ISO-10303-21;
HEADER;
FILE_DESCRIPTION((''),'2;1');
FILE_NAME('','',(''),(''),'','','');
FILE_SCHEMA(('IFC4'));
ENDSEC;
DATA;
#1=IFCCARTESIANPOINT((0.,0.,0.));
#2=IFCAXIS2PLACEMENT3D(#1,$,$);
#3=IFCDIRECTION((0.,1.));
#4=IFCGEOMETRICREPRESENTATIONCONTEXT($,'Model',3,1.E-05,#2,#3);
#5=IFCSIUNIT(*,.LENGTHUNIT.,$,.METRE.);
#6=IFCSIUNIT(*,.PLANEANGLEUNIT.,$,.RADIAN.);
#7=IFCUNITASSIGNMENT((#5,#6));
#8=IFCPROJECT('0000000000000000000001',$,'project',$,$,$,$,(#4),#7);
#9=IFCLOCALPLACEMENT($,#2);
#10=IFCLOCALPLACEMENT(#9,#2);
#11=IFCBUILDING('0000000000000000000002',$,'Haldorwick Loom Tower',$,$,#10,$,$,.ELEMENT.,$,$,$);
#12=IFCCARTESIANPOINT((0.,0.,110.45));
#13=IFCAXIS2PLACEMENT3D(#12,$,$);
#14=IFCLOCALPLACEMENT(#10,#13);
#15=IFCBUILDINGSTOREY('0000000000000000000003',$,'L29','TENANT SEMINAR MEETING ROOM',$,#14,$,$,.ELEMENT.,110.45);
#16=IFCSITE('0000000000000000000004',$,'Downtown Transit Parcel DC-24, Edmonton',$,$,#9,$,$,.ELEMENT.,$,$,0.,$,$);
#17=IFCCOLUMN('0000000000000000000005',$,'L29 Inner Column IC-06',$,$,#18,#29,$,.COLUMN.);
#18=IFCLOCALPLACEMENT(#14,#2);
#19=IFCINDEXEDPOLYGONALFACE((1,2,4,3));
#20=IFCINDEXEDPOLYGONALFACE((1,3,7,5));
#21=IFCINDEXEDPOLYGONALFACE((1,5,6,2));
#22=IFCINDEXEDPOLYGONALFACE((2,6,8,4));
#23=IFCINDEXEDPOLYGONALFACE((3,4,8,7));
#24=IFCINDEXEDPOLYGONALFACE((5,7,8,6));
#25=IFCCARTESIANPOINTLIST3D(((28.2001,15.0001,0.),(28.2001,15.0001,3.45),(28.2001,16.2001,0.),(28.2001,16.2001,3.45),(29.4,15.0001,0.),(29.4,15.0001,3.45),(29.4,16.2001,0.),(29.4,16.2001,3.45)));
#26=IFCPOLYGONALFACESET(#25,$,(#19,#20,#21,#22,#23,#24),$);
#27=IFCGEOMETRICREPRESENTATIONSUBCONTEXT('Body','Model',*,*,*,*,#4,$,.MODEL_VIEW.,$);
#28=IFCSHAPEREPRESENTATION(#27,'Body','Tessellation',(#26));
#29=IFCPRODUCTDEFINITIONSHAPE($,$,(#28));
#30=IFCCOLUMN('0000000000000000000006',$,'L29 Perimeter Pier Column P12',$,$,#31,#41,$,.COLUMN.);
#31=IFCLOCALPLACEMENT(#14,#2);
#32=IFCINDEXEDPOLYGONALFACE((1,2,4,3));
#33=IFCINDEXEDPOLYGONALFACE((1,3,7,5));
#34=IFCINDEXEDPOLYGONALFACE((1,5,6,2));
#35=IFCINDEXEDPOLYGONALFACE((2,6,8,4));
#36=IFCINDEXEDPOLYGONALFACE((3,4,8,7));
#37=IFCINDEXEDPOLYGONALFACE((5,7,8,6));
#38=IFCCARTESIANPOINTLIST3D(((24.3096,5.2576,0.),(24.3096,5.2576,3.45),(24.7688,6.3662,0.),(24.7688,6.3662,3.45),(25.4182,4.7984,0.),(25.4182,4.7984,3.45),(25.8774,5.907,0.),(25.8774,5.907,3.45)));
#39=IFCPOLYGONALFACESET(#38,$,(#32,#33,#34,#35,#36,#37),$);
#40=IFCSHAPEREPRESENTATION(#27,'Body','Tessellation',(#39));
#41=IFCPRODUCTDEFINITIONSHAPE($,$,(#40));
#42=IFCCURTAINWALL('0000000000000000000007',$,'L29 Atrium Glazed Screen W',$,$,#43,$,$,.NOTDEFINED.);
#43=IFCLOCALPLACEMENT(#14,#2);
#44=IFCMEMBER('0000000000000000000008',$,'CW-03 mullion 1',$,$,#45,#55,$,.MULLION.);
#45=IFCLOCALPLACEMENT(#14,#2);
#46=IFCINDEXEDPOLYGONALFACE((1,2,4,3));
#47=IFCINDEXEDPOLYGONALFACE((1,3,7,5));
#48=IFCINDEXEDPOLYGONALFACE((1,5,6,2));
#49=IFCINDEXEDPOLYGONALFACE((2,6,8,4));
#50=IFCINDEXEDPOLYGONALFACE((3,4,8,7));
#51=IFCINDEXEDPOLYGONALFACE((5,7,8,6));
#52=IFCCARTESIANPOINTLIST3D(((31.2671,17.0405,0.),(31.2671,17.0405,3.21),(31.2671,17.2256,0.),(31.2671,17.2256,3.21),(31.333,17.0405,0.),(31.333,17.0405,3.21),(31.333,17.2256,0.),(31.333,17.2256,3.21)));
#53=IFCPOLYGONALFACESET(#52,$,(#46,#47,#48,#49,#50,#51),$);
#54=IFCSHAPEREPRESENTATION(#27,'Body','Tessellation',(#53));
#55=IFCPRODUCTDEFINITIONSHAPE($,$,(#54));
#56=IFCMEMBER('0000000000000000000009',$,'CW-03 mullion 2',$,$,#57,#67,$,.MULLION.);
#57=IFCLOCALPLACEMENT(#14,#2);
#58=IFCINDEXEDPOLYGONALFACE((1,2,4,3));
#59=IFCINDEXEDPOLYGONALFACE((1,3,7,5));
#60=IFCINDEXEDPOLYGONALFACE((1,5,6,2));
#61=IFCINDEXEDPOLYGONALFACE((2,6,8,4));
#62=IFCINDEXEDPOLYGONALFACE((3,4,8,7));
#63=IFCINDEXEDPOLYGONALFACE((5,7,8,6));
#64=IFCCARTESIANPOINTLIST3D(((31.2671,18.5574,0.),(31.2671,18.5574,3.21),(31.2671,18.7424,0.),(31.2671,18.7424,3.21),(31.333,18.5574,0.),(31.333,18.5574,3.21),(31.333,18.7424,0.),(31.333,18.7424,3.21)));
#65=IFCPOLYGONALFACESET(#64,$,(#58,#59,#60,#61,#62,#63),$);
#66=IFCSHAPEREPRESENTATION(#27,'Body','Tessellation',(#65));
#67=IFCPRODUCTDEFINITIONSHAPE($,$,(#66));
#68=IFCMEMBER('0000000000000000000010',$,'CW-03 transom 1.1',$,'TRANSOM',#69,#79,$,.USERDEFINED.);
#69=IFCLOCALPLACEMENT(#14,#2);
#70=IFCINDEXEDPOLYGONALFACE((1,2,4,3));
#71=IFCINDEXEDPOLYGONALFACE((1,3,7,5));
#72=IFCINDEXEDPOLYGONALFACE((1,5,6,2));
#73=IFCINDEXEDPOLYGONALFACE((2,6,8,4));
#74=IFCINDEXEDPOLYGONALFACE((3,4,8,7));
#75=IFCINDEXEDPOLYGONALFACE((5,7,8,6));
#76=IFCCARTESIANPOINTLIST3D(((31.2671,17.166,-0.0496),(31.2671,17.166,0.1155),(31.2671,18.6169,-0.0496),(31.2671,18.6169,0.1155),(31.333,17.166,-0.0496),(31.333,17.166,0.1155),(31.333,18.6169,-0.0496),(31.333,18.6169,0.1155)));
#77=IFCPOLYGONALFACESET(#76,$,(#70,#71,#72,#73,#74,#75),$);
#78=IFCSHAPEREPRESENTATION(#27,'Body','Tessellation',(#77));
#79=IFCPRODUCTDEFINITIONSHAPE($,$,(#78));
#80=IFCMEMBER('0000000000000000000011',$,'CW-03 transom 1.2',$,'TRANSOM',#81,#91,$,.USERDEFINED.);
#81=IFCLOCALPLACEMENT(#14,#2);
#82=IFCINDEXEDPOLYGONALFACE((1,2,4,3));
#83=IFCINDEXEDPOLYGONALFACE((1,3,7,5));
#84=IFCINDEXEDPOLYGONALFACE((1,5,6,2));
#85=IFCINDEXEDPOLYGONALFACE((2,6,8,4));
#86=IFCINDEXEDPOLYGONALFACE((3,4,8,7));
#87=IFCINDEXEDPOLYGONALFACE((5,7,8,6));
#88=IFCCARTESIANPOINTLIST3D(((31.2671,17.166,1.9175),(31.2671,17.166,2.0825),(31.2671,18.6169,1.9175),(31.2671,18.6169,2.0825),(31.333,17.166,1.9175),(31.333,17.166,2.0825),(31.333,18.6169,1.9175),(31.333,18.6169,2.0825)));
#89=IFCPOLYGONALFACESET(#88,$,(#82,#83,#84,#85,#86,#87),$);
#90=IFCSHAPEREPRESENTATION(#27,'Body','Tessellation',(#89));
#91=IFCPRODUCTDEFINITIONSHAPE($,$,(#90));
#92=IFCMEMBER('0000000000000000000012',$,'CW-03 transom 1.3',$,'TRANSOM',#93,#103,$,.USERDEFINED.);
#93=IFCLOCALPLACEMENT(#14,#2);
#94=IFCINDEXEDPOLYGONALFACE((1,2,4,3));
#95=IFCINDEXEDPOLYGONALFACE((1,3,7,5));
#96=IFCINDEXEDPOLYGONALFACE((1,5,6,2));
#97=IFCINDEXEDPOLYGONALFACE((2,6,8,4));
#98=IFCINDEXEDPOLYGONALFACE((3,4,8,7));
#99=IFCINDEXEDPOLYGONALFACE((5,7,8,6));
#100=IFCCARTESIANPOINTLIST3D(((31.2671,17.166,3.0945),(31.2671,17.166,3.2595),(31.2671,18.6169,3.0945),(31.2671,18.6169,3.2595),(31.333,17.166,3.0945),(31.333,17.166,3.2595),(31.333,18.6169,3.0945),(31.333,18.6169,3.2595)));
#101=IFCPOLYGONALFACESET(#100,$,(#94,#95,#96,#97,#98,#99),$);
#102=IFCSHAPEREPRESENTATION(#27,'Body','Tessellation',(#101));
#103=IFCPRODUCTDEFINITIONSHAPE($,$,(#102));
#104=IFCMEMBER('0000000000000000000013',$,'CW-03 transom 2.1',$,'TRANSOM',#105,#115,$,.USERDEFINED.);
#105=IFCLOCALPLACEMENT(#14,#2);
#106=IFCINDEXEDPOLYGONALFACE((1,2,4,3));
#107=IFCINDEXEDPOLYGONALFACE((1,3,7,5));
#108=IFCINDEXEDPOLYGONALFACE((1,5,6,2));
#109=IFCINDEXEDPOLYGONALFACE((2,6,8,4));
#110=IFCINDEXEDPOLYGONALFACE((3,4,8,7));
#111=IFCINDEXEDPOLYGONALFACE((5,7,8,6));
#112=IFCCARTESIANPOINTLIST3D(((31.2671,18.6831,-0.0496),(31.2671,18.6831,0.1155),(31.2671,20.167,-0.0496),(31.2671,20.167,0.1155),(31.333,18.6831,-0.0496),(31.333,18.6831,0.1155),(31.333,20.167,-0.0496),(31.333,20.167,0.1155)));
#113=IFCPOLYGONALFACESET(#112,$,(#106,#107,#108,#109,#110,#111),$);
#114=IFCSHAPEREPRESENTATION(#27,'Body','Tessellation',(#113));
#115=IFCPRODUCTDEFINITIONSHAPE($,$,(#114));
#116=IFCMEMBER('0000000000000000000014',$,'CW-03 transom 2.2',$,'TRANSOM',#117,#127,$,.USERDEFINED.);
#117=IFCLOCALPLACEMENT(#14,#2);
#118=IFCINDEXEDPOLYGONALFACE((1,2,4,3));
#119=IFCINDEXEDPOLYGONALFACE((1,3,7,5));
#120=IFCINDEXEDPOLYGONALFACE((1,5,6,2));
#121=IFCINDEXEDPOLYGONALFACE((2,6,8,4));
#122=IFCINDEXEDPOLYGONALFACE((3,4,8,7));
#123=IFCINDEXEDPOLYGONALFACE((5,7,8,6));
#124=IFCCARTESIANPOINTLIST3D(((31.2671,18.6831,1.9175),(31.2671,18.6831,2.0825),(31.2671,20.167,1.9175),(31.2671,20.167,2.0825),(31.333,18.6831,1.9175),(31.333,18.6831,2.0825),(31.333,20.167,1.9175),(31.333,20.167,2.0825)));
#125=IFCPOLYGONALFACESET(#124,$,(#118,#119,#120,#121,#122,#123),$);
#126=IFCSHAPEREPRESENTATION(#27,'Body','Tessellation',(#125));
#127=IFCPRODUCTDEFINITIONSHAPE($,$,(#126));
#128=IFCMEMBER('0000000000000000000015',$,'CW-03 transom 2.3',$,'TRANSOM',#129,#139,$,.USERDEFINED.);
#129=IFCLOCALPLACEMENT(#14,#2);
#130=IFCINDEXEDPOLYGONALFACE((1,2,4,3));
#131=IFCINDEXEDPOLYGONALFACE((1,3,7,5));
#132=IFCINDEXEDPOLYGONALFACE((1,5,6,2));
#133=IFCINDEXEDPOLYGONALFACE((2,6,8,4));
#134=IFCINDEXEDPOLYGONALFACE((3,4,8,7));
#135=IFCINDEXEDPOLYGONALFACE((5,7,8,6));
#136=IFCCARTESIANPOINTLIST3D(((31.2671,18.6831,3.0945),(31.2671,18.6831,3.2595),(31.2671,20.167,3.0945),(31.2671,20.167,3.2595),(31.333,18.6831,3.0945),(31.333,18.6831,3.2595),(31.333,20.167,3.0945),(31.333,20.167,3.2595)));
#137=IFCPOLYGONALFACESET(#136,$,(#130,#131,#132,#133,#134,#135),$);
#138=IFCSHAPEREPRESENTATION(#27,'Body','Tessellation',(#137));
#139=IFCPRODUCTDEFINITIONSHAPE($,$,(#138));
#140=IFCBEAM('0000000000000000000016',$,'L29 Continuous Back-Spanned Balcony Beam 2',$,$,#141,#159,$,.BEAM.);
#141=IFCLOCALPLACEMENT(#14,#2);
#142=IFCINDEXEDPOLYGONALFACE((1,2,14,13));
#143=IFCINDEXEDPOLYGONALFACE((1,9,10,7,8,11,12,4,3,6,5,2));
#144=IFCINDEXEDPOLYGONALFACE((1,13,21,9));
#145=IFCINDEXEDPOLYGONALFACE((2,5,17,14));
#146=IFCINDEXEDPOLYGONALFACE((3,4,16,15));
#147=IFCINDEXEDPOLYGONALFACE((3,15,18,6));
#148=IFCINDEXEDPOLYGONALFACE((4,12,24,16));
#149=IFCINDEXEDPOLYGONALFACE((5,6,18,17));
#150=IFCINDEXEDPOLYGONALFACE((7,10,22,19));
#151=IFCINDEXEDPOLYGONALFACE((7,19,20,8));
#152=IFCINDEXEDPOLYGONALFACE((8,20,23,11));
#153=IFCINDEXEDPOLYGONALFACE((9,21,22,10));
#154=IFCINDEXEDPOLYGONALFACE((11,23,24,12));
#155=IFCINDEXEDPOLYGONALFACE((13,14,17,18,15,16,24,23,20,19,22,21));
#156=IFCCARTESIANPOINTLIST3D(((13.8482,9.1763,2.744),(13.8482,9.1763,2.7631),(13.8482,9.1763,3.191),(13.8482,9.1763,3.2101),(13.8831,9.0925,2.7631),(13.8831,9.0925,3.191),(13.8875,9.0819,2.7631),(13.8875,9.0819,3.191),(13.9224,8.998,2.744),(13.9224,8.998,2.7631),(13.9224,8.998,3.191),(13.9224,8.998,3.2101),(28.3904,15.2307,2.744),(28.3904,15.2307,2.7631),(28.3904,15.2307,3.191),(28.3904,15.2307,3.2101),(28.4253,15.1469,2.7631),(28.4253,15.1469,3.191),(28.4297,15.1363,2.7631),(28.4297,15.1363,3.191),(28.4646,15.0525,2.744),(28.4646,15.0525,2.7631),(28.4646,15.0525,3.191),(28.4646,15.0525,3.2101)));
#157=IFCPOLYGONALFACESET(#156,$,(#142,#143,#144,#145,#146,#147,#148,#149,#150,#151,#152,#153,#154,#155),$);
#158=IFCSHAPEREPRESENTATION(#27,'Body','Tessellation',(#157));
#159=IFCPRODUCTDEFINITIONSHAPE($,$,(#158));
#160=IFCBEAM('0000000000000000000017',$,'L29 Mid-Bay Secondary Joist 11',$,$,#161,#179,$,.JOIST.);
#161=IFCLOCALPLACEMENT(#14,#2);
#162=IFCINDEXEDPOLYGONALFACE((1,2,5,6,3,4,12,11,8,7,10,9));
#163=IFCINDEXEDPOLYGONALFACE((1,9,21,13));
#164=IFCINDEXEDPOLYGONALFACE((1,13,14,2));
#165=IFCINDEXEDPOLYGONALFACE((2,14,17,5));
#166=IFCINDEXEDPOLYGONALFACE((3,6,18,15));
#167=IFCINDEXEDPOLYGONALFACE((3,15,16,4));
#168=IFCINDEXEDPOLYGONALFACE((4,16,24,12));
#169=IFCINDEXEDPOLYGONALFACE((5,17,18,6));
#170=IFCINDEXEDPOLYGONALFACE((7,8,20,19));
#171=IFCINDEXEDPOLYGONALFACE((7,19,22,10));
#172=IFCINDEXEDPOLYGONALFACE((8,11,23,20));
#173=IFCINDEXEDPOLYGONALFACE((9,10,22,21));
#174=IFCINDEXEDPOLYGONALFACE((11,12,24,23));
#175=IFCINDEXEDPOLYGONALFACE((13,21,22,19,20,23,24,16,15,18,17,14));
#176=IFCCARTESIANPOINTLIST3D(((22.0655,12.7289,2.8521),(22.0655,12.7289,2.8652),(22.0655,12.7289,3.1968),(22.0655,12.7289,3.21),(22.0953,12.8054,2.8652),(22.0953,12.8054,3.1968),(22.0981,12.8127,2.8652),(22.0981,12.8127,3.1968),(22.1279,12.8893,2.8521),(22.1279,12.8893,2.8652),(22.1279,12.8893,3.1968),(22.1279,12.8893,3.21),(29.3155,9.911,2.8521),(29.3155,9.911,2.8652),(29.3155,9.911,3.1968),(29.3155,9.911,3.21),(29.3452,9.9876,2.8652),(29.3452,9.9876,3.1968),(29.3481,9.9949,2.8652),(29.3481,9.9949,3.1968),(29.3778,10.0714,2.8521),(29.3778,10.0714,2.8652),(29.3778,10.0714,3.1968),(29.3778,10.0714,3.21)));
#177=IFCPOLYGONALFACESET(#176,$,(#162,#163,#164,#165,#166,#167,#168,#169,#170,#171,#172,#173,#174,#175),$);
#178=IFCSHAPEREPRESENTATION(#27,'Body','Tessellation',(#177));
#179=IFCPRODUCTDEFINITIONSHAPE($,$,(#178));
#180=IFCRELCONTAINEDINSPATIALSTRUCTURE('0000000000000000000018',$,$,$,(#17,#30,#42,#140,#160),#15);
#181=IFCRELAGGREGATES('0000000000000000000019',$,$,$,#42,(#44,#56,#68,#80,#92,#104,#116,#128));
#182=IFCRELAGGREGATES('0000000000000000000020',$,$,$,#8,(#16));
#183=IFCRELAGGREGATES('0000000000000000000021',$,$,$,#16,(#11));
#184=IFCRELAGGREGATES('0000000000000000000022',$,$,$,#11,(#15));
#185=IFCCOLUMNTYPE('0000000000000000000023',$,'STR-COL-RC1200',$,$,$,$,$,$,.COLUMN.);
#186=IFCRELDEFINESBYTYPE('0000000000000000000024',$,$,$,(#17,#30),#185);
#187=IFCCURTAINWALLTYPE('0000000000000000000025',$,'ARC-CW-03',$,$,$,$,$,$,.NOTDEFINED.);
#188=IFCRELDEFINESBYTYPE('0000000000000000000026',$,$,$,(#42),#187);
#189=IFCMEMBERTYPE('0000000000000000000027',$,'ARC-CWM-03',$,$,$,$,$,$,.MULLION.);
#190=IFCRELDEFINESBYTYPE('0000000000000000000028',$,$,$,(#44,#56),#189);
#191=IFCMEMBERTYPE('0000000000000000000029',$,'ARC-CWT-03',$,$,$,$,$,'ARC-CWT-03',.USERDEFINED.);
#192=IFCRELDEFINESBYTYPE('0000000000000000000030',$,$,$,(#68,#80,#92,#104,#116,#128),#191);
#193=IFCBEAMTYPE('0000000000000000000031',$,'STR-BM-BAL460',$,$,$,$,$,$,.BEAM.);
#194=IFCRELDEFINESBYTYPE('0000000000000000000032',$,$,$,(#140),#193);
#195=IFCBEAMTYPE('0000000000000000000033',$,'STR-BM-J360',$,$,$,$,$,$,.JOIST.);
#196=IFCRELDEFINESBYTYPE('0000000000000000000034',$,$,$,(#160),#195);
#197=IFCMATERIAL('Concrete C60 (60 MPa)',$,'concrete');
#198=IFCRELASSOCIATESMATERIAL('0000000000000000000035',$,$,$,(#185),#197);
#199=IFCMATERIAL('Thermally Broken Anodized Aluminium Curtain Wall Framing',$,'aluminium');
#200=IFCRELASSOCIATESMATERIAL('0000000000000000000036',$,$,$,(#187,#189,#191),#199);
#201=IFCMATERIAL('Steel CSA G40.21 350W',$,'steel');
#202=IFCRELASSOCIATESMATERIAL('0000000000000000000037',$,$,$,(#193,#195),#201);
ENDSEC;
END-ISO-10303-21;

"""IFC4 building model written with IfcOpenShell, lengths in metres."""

from ifc_helpers import new_model, si_unit, direction, frame, origin, origin_2d, place, context, subcontext, project, spatial, rectangle, i_section, extrude, material, material_profile, profile_set, type_object, element, aggregate, save


model = new_model("IFC4")

# Units and contexts
model_context = context("Model", 3, precision=1e-05, world=origin(), true_north=direction((0.0, 1.0)))
body_context = subcontext(model_context, "Body", "Model", "MODEL_VIEW")
ifc_project = project(units=[si_unit("LENGTHUNIT", "METRE"), si_unit("PLANEANGLEUNIT", "RADIAN")], contexts=[model_context])

# Site, building, storey
site_placement = place(None, origin())
site = spatial("IfcSite", under=ifc_project, at=site_placement, Name="Downtown Transit Parcel DC-24, Edmonton", CompositionType="ELEMENT", RefElevation=0.0)
building_placement = place(site_placement, origin())
building = spatial("IfcBuilding", under=site, at=building_placement, Name="Haldorwick Loom Tower", CompositionType="ELEMENT")
storey_placement = place(building_placement, frame((0.0, 0.0, 110.45)))
storey = spatial("IfcBuildingStorey", under=building, at=storey_placement, Name="L29", Description="TENANT SEMINAR MEETING ROOM", CompositionType="ELEMENT", Elevation=110.45)

# Columns
ifc_material_1 = material(Name="Concrete C60 (60 MPa)", Category="concrete")
ifc_material_profile_1 = material_profile(ifc_material_1, rectangle(XDim=1.2, YDim=1.2, at=origin_2d()), Name="RC1200X1200", Category="concrete")
ifc_profile_set_1 = profile_set([ifc_material_profile_1], Name="Concrete C60 (60 MPa)")
column_type = type_object("IfcColumnType", Name="STR-COL-RC1200", PredefinedType="COLUMN", material=ifc_profile_set_1)
for number, where, z_axis, x_axis, name in (
    (1, (28.8, 15.6001, 0.0), (0.0, 0.0, 1.0), (1.0, 0.0, 0.0), "L29 Inner Column IC-06"),
    (2, (25.0935, 5.5823, 0.0), (0.0, 0.0, 1.0), (-0.382683, -0.92388, 0.0), "L29 Perimeter Pier Column P12"),
):
    element("IfcColumn", number, at=place(storey_placement, frame(where, z_axis=z_axis, x_axis=x_axis)), inside=storey, type_object=column_type, Name=name, PredefinedType="COLUMN", context=body_context, shape_type="SweptSolid", body=[
        extrude(rectangle(XDim=1.2, YDim=1.2, at=origin_2d()), origin(), (0.0, 0.0, 1.0), 3.45),
    ])

# Curtain wall, members
ifc_material_2 = material(Name="Thermally Broken Anodized Aluminium Curtain Wall Framing", Category="aluminium")
curtain_wall_type = type_object("IfcCurtainWallType", Name="ARC-CW-03", PredefinedType="NOTDEFINED", material=ifc_material_2)
curtain_wall_placement = place(storey_placement, origin())
curtain_wall = element("IfcCurtainWall", 3, at=curtain_wall_placement, inside=storey, type_object=curtain_wall_type, Name="L29 Atrium Glazed Screen W", PredefinedType="NOTDEFINED")
ifc_material_profile_2 = material_profile(ifc_material_2, rectangle(XDim=0.0659, YDim=0.1851, at=origin_2d()), Name="ALU_MUL_66X185", Category="aluminium")
ifc_profile_set_2 = profile_set([ifc_material_profile_2], Name="Thermally Broken Anodized Aluminium Curtain Wall Framing")
member_type_1 = type_object("IfcMemberType", Name="ARC-CWM-03", PredefinedType="MULLION", material=ifc_profile_set_2)
member_1_placement = place(storey_placement, frame((31.3, 17.1331, 0.0), z_axis=(0.0, 0.0, 1.0), x_axis=(-1.0, 0.0, 0.0)))
member_1 = element("IfcMember", 4, at=member_1_placement, type_object=member_type_1, Name="CW-03 mullion 1", PredefinedType="MULLION", context=body_context, shape_type="SweptSolid", body=[
    extrude(rectangle(XDim=0.0659, YDim=0.1851, at=origin_2d()), origin(), (0.0, 0.0, 1.0), 3.21),
])
member_2_placement = place(storey_placement, frame((31.3, 18.6499, 0.0), z_axis=(0.0, 0.0, 1.0), x_axis=(-1.0, 0.0, 0.0)))
member_2 = element("IfcMember", 5, at=member_2_placement, type_object=member_type_1, Name="CW-03 mullion 2", PredefinedType="MULLION", context=body_context, shape_type="SweptSolid", body=[
    extrude(rectangle(XDim=0.0659, YDim=0.1851, at=origin_2d()), origin(), (0.0, 0.0, 1.0), 3.21),
])
ifc_material_profile_3 = material_profile(ifc_material_2, rectangle(XDim=0.0659, YDim=0.165, at=origin_2d()), Name="ALU_TRN_66X165", Category="aluminium")
ifc_profile_set_3 = profile_set([ifc_material_profile_3], Name="Thermally Broken Anodized Aluminium Curtain Wall Framing")
member_type_2 = type_object("IfcMemberType", Name="ARC-CWT-03", ElementType="ARC-CWT-03", PredefinedType="USERDEFINED", material=ifc_profile_set_3)
member_3_placement = place(storey_placement, frame((31.3, 17.166, 0.033), z_axis=(0.0, 1.0, 0.0), x_axis=(-1.0, 0.0, 0.0)))
member_3 = element("IfcMember", 6, at=member_3_placement, type_object=member_type_2, Name="CW-03 transom 1.1", ObjectType="TRANSOM", PredefinedType="USERDEFINED", context=body_context, shape_type="SweptSolid", body=[
    extrude(rectangle(XDim=0.0659, YDim=0.165, at=origin_2d()), origin(), (0.0, 0.0, 1.0), 1.4509),
])
member_4_placement = place(storey_placement, frame((31.3, 17.166, 2.0), z_axis=(0.0, 1.0, 0.0), x_axis=(-1.0, 0.0, 0.0)))
member_4 = element("IfcMember", 7, at=member_4_placement, type_object=member_type_2, Name="CW-03 transom 1.2", ObjectType="TRANSOM", PredefinedType="USERDEFINED", context=body_context, shape_type="SweptSolid", body=[
    extrude(rectangle(XDim=0.0659, YDim=0.165, at=origin_2d()), origin(), (0.0, 0.0, 1.0), 1.4509),
])
member_5_placement = place(storey_placement, frame((31.3, 17.166, 3.177), z_axis=(0.0, 1.0, 0.0), x_axis=(-1.0, 0.0, 0.0)))
member_5 = element("IfcMember", 8, at=member_5_placement, type_object=member_type_2, Name="CW-03 transom 1.3", ObjectType="TRANSOM", PredefinedType="USERDEFINED", context=body_context, shape_type="SweptSolid", body=[
    extrude(rectangle(XDim=0.0659, YDim=0.165, at=origin_2d()), origin(), (0.0, 0.0, 1.0), 1.4509),
])
member_6_placement = place(storey_placement, frame((31.3, 18.6831, 0.033), z_axis=(0.0, 1.0, 0.0), x_axis=(-1.0, 0.0, 0.0)))
member_6 = element("IfcMember", 9, at=member_6_placement, type_object=member_type_2, Name="CW-03 transom 2.1", ObjectType="TRANSOM", PredefinedType="USERDEFINED", context=body_context, shape_type="SweptSolid", body=[
    extrude(rectangle(XDim=0.0659, YDim=0.165, at=origin_2d()), origin(), (0.0, 0.0, 1.0), 1.4839),
])
member_7_placement = place(storey_placement, frame((31.3, 18.6831, 2.0), z_axis=(0.0, 1.0, 0.0), x_axis=(-1.0, 0.0, 0.0)))
member_7 = element("IfcMember", 10, at=member_7_placement, type_object=member_type_2, Name="CW-03 transom 2.2", ObjectType="TRANSOM", PredefinedType="USERDEFINED", context=body_context, shape_type="SweptSolid", body=[
    extrude(rectangle(XDim=0.0659, YDim=0.165, at=origin_2d()), origin(), (0.0, 0.0, 1.0), 1.4839),
])
member_8_placement = place(storey_placement, frame((31.3, 18.6831, 3.177), z_axis=(0.0, 1.0, 0.0), x_axis=(-1.0, 0.0, 0.0)))
member_8 = element("IfcMember", 11, at=member_8_placement, type_object=member_type_2, Name="CW-03 transom 2.3", ObjectType="TRANSOM", PredefinedType="USERDEFINED", context=body_context, shape_type="SweptSolid", body=[
    extrude(rectangle(XDim=0.0659, YDim=0.165, at=origin_2d()), origin(), (0.0, 0.0, 1.0), 1.4839),
])

# Beams
ifc_material_3 = material(Name="Steel CSA G40.21 350W", Category="steel")
ifc_material_profile_4 = material_profile(ifc_material_3, i_section(OverallWidth=0.1931, OverallDepth=0.4661, WebThickness=0.0115, FlangeThickness=0.019, at=origin_2d()), Name="W460X97", Category="steel")
ifc_profile_set_4 = profile_set([ifc_material_profile_4], Name="Steel CSA G40.21 350W")
beam_type_1 = type_object("IfcBeamType", Name="STR-BM-BAL460", PredefinedType="BEAM", material=ifc_profile_set_4)
beam_1_placement = place(storey_placement, frame((28.4275, 15.1416, 2.9771), z_axis=(-0.923186, -0.384355, 0.0), x_axis=(0.384355, -0.923186, 0.0)))
element("IfcBeam", 12, at=beam_1_placement, inside=storey, type_object=beam_type_1, Name="L29 Continuous Back-Spanned Balcony Beam 2", PredefinedType="BEAM", context=body_context, shape_type="SweptSolid", body=[
    extrude(i_section(OverallWidth=0.1931, OverallDepth=0.4661, WebThickness=0.0115, FlangeThickness=0.019, at=origin_2d()), origin(), (0.0, 0.0, 1.0), 15.7522),
])
ifc_material_profile_5 = material_profile(ifc_material_3, i_section(OverallWidth=0.1721, OverallDepth=0.3579, WebThickness=0.0078, FlangeThickness=0.0132, at=origin_2d()), Name="W360X57", Category="steel")
ifc_profile_set_5 = profile_set([ifc_material_profile_5], Name="Steel CSA G40.21 350W")
beam_type_2 = type_object("IfcBeamType", Name="STR-BM-J360", PredefinedType="JOIST", material=ifc_profile_set_5)
beam_2_placement = place(storey_placement, frame((22.0967, 12.8091, 3.031), z_axis=(0.932073, -0.362271, 0.0), x_axis=(0.362271, 0.932073, 0.0)))
element("IfcBeam", 13, at=beam_2_placement, inside=storey, type_object=beam_type_2, Name="L29 Mid-Bay Secondary Joist 11", PredefinedType="JOIST", context=body_context, shape_type="SweptSolid", body=[
    extrude(i_section(OverallWidth=0.1721, OverallDepth=0.3579, WebThickness=0.0078, FlangeThickness=0.0132, at=origin_2d()), origin(), (0.0, 0.0, 1.0), 7.7783),
])

aggregate(curtain_wall, [member_1, member_2, member_3, member_4, member_5, member_6, member_7, member_8])

save(model, "model.ifc")
